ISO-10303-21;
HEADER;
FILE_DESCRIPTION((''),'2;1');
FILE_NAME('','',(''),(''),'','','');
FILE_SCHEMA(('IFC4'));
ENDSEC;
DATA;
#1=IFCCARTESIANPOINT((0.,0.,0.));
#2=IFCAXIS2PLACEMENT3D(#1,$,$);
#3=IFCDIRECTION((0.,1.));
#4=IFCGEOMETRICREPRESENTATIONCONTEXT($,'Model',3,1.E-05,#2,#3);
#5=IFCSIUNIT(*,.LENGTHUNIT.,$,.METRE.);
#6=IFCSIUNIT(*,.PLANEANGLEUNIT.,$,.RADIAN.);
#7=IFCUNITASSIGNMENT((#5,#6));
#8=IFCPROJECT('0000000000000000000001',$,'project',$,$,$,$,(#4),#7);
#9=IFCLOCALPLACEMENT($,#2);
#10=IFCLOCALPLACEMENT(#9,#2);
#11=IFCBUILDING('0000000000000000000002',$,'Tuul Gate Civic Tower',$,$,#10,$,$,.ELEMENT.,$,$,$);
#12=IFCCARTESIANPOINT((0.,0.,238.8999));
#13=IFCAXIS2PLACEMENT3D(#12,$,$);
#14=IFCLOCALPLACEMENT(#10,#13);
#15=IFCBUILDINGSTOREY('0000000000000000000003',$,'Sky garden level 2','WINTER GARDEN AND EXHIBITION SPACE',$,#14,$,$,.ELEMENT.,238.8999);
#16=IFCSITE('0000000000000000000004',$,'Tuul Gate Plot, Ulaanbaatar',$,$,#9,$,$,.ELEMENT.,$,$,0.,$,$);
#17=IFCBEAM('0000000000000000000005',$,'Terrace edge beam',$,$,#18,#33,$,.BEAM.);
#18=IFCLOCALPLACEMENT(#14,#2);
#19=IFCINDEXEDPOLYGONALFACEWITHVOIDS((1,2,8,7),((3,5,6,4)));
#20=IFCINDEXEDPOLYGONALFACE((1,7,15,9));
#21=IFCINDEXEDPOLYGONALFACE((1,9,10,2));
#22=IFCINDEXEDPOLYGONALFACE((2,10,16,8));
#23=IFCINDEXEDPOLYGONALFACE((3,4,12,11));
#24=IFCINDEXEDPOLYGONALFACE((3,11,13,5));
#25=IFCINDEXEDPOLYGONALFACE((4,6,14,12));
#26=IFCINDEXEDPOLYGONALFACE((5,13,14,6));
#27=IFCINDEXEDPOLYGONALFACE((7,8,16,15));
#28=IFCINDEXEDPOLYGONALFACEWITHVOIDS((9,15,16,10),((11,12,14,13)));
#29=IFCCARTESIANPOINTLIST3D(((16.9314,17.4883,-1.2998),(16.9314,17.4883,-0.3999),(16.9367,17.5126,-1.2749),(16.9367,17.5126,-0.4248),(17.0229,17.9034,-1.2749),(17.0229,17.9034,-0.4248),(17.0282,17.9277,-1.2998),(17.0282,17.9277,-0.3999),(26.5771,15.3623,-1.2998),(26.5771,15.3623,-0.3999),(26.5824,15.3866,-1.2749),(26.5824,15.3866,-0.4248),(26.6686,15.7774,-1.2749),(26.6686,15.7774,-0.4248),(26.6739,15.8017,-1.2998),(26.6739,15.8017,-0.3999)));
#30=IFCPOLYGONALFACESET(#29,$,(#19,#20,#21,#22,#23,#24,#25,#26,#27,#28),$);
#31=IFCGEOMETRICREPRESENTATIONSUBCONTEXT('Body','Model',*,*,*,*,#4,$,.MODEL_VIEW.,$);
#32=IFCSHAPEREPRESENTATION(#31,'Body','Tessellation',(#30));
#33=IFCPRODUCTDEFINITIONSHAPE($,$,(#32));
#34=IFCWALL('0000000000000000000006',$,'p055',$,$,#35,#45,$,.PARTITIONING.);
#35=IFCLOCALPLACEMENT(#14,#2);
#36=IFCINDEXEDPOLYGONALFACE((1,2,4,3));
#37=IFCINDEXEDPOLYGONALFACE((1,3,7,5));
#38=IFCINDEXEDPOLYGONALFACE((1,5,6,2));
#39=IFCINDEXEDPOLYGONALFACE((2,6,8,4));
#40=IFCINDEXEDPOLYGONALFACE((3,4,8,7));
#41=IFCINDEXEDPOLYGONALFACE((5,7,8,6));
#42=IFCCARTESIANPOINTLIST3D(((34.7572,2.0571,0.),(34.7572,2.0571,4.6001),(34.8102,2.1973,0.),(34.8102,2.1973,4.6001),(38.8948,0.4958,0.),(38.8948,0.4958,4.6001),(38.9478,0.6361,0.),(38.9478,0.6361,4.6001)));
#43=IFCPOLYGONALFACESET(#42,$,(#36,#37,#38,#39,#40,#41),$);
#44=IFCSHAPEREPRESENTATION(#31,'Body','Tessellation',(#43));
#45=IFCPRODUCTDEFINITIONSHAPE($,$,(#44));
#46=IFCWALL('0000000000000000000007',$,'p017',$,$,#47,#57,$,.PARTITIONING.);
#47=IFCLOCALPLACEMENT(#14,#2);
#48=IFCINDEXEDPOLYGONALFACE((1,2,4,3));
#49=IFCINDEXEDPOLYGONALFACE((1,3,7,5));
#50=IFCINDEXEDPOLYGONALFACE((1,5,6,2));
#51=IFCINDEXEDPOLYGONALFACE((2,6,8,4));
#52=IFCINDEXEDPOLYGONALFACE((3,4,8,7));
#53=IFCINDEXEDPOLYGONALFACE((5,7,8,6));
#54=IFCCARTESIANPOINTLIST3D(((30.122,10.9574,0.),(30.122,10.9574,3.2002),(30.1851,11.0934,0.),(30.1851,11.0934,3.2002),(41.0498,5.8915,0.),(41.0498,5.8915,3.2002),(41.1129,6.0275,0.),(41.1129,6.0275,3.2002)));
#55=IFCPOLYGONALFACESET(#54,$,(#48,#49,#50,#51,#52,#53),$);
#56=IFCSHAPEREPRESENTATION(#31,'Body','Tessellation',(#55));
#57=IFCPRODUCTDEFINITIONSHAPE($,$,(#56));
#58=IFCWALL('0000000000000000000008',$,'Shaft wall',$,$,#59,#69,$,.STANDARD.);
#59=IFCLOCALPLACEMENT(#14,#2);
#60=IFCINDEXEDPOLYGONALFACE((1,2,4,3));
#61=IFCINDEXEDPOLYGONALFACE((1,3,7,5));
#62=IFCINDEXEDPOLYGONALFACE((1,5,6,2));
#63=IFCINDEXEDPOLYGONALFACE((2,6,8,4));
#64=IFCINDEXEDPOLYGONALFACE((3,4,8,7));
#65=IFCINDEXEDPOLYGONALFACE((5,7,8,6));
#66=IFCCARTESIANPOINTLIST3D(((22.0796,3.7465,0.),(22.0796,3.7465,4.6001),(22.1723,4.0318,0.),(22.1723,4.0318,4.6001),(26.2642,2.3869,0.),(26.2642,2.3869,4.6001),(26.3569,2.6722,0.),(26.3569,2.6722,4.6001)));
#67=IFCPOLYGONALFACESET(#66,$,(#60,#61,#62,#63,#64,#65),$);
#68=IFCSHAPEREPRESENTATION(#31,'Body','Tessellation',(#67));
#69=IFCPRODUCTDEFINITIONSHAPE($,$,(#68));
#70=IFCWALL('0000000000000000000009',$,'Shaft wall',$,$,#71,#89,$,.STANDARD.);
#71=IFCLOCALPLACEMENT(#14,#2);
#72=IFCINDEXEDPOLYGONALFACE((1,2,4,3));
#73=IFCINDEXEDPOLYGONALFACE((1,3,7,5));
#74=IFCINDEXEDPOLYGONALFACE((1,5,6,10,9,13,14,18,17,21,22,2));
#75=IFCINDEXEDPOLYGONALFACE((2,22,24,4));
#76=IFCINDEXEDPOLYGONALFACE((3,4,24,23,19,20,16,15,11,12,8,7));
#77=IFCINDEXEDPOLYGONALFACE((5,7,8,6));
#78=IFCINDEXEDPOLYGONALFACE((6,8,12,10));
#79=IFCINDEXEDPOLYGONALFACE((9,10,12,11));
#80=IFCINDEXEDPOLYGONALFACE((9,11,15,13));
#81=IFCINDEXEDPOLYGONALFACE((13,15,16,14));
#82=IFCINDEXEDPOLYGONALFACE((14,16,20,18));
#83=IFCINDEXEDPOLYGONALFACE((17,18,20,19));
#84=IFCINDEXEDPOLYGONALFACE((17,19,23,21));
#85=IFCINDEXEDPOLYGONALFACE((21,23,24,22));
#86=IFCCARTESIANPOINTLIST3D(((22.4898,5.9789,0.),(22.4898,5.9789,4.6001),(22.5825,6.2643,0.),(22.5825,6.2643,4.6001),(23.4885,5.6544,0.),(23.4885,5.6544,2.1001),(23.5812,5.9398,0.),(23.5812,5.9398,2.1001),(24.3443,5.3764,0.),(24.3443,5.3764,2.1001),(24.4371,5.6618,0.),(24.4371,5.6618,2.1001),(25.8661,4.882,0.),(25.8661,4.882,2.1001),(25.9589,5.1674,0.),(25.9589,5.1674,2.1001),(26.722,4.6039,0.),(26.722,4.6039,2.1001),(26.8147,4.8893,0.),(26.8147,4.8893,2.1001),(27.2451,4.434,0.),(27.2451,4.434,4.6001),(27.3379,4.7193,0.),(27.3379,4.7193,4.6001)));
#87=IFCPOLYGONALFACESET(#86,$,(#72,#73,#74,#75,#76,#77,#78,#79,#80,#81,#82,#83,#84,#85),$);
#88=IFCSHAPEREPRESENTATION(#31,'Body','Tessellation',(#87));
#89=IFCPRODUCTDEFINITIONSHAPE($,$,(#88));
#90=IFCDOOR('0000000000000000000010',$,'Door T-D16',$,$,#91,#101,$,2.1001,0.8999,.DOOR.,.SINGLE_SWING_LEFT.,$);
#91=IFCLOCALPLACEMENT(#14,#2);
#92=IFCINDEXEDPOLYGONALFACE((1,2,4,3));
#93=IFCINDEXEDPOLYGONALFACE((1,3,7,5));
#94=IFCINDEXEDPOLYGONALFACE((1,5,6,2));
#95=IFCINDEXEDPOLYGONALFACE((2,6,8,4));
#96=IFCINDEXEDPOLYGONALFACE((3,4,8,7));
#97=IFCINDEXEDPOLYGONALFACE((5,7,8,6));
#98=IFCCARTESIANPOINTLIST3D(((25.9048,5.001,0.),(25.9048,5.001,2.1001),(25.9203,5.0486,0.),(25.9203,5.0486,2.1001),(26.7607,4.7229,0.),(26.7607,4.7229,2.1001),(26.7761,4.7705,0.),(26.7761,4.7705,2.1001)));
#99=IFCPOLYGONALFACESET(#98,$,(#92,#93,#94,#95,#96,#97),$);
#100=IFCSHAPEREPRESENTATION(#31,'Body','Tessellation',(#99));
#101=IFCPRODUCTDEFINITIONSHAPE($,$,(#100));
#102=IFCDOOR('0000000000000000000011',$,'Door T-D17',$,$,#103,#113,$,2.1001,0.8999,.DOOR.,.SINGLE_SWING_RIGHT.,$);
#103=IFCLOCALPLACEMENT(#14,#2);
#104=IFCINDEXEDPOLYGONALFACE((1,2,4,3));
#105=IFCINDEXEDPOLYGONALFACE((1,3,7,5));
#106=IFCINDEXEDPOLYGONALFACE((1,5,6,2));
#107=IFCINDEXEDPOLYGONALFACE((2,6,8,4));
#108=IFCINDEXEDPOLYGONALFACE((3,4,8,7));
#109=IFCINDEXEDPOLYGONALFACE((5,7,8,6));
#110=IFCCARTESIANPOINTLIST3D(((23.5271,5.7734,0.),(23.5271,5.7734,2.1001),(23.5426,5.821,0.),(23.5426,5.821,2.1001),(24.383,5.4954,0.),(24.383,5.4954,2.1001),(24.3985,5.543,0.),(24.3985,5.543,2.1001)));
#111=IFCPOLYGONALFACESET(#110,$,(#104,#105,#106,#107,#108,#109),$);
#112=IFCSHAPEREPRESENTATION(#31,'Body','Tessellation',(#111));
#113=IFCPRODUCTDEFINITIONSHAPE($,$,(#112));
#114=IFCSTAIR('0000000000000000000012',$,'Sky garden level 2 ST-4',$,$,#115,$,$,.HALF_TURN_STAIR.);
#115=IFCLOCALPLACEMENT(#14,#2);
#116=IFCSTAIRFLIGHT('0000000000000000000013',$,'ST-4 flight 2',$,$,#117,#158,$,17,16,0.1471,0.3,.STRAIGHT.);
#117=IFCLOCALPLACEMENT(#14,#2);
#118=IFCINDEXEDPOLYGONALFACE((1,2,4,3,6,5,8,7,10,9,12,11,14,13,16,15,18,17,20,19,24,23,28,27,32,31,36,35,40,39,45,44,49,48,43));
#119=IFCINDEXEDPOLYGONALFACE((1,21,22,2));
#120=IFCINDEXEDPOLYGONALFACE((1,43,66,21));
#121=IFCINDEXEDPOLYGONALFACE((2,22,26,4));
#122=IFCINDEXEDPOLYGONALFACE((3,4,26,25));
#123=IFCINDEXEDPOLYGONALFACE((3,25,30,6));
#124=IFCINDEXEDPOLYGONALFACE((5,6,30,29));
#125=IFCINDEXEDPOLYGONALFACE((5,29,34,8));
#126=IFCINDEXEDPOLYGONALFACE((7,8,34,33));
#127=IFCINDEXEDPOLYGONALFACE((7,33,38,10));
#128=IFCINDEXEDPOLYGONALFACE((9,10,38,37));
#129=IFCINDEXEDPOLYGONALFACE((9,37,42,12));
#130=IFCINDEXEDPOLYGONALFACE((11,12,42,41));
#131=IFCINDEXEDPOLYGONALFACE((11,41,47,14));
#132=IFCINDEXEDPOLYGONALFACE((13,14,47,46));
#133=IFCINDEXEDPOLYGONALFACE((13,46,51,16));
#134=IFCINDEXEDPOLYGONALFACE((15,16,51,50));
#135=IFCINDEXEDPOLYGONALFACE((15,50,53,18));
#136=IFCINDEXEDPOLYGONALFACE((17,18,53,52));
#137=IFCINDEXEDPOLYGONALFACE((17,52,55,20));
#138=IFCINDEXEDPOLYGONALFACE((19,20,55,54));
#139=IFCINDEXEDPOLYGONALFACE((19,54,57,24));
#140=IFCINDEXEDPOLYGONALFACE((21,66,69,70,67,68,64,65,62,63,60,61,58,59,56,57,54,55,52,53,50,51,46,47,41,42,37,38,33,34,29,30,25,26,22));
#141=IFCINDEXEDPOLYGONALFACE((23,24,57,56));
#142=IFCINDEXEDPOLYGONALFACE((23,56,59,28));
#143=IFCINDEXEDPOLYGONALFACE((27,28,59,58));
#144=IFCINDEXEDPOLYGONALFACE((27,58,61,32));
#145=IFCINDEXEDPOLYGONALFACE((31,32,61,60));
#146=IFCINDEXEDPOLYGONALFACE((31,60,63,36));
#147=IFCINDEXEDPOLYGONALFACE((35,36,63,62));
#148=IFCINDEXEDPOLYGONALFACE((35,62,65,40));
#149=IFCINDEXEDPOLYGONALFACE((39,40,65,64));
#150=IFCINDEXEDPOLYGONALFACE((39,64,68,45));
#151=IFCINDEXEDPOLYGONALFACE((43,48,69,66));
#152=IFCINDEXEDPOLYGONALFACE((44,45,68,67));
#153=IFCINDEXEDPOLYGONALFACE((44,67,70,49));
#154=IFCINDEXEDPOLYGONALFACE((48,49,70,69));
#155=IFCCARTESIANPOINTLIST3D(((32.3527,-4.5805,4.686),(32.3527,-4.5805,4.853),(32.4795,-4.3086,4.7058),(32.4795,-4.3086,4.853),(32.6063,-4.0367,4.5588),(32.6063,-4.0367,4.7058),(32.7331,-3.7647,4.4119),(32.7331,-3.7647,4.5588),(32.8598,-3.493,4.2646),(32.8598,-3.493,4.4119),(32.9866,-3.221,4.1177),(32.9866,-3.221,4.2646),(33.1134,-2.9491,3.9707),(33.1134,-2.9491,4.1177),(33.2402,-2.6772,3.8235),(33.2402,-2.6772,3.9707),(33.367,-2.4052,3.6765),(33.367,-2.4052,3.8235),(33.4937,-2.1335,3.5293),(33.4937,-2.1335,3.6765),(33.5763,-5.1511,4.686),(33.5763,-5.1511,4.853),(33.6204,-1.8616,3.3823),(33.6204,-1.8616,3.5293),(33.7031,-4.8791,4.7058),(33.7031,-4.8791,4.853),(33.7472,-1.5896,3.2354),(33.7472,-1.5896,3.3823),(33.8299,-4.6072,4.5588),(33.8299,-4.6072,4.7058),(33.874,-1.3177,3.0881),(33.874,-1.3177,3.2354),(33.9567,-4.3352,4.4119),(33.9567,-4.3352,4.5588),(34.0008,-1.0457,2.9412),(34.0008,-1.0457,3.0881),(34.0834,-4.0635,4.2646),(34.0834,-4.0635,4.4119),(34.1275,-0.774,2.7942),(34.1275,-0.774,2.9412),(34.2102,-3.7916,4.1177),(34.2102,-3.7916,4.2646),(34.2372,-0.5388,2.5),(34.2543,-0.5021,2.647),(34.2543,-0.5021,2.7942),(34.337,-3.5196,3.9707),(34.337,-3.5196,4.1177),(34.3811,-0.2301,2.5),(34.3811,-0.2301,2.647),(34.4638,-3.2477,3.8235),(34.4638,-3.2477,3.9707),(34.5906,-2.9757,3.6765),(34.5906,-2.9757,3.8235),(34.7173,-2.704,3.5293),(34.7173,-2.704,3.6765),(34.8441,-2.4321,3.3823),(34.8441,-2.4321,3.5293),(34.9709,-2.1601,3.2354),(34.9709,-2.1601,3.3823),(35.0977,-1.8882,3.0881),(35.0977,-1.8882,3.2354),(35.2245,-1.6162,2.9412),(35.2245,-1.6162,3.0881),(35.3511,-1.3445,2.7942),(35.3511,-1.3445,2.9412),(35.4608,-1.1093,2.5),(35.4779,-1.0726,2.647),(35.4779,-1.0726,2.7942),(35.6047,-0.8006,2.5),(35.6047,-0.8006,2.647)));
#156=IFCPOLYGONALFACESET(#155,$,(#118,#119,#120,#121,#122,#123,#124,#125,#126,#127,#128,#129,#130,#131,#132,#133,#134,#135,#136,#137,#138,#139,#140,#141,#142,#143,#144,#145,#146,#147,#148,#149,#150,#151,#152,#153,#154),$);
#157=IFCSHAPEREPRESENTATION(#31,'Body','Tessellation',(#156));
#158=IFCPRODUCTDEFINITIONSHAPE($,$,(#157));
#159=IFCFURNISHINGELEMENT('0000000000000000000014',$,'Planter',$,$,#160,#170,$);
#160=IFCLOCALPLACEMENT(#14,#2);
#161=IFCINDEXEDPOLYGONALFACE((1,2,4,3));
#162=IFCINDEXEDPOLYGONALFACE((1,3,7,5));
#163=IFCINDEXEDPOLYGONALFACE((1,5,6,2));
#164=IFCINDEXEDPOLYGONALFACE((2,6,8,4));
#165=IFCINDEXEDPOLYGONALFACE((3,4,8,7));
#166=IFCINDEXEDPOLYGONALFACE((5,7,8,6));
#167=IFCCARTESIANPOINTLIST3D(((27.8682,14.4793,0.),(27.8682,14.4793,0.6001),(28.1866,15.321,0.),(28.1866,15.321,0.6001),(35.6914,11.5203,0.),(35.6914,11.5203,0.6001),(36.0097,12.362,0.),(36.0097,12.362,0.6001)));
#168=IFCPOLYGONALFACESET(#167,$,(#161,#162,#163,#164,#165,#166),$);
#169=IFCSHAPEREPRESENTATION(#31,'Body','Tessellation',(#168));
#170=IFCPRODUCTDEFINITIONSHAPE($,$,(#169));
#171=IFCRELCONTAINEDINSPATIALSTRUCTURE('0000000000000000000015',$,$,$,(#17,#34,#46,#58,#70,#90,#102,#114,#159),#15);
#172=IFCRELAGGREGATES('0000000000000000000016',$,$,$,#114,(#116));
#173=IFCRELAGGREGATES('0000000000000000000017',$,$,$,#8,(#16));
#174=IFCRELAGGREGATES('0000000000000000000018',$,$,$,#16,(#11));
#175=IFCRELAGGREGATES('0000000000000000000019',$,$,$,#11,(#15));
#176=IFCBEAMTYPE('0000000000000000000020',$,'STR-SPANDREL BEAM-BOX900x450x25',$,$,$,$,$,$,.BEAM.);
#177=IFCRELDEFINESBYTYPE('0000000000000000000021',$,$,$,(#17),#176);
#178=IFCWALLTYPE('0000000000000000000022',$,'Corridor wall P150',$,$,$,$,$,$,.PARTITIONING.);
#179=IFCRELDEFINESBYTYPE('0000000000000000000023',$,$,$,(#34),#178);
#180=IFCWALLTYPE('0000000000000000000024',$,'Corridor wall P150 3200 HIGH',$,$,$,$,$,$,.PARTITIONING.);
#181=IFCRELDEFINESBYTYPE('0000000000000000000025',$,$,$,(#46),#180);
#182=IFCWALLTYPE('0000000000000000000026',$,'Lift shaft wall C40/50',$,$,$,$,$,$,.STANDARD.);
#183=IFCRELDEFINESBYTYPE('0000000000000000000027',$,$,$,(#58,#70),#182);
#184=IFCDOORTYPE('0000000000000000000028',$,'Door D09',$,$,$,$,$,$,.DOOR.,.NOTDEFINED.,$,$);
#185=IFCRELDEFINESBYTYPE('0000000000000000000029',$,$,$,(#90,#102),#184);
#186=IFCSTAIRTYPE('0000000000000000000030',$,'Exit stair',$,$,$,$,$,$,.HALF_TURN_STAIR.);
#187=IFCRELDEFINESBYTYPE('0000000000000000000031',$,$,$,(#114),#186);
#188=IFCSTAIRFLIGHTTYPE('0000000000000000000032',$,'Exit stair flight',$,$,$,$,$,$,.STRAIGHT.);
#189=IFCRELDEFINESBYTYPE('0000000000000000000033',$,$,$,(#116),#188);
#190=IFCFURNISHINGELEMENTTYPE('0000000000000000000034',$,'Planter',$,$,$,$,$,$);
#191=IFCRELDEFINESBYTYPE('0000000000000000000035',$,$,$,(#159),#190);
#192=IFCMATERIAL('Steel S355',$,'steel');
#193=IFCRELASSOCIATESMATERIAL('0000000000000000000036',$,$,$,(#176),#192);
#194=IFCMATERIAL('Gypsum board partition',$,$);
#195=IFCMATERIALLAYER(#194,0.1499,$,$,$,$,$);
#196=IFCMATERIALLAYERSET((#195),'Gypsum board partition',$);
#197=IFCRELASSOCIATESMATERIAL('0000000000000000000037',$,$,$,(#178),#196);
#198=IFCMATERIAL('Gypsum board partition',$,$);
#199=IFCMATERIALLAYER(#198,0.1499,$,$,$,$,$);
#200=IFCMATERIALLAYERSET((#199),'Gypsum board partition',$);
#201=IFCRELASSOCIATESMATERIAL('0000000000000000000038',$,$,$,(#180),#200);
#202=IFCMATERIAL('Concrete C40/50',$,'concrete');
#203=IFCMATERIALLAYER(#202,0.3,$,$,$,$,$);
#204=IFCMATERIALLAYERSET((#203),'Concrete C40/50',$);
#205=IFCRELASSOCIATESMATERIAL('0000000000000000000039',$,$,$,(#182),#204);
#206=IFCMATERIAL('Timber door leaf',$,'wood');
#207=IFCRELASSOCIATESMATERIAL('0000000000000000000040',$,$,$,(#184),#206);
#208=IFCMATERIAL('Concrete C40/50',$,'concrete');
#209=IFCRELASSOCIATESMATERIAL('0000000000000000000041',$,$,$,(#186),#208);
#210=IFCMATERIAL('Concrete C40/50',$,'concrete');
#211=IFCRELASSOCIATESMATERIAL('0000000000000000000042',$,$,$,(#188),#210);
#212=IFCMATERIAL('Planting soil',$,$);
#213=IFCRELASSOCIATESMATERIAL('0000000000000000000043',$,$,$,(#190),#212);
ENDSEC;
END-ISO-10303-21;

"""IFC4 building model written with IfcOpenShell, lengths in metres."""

from ifc_helpers import new_model, si_unit, direction, frame, frame_2d, origin, origin_2d, place, context, subcontext, project, spatial, polyline, rectangle, hollow_rectangle, outline, extrude, material, layer, layer_set, material_profile, profile_set, type_object, element, fill, aggregate, save


model = new_model("IFC4")

# Units and contexts
model_context = context("Model", 3, precision=1e-05, world=origin(), true_north=direction((0.0, 1.0)))
body_context = subcontext(model_context, "Body", "Model", "MODEL_VIEW")
ifc_project = project(units=[si_unit("LENGTHUNIT", "METRE"), si_unit("PLANEANGLEUNIT", "RADIAN")], contexts=[model_context])

# Site, building, storey
site_placement = place(None, origin())
site = spatial("IfcSite", under=ifc_project, at=site_placement, Name="Tuul Gate Plot, Ulaanbaatar", CompositionType="ELEMENT", RefElevation=0.0)
building_placement = place(site_placement, origin())
building = spatial("IfcBuilding", under=site, at=building_placement, Name="Tuul Gate Civic Tower", CompositionType="ELEMENT")
storey_placement = place(building_placement, frame((0.0, 0.0, 238.8999)))
storey = spatial("IfcBuildingStorey", under=building, at=storey_placement, Name="Sky garden level 2", Description="WINTER GARDEN AND EXHIBITION SPACE", CompositionType="ELEMENT", Elevation=238.8999)

# Beam
ifc_material_1 = material(Name="Steel S355", Category="steel")
ifc_material_profile_1 = material_profile(ifc_material_1, hollow_rectangle(XDim=0.45, YDim=0.8999, WallThickness=0.0249, at=origin_2d()), Name="BOX900x450x25")
ifc_profile_set_1 = profile_set([ifc_material_profile_1], Name="Steel S355")
beam_type_1 = type_object("IfcBeamType", Name="STR-SPANDREL BEAM-BOX900x450x25", PredefinedType="BEAM", material=ifc_profile_set_1)
beam_1_placement = place(storey_placement, frame((26.6255, 15.582, -0.8499), z_axis=(-0.976561, 0.215239, 0.0), x_axis=(-0.215239, -0.976561, 0.0)))
element("IfcBeam", 1, at=beam_1_placement, inside=storey, type_object=beam_type_1, Name="Terrace edge beam", PredefinedType="BEAM", context=body_context, shape_type="SweptSolid", body=[
    extrude(hollow_rectangle(XDim=0.45, YDim=0.8999, WallThickness=0.0249, at=origin_2d()), origin(), (0.0, 0.0, 1.0), 9.8772),
])

# Walls
ifc_material_2 = material(Name="Gypsum board partition")
ifc_layer_1 = layer(ifc_material_2, 0.1499)
ifc_layer_set_1 = layer_set([ifc_layer_1], Name="Gypsum board partition")
wall_type_1 = type_object("IfcWallType", Name="Corridor wall P150", PredefinedType="PARTITIONING", material=ifc_layer_set_1)
wall_1_placement = place(storey_placement, frame((34.7837, 2.1272, 0.0), z_axis=(0.0, 0.0, 1.0), x_axis=(0.93561, -0.353034, 0.0)))
element("IfcWall", 2, at=wall_1_placement, inside=storey, type_object=wall_type_1, Name="p055", PredefinedType="PARTITIONING", context=body_context, shape_type="SweptSolid", body=[
    extrude(rectangle(XDim=4.4224, YDim=0.1499, at=frame_2d((2.2112, 0.0))), origin(), (0.0, 0.0, 1.0), 4.6001),
])
ifc_material_3 = material(Name="Gypsum board partition")
ifc_layer_2 = layer(ifc_material_3, 0.1499)
ifc_layer_set_2 = layer_set([ifc_layer_2], Name="Gypsum board partition")
wall_type_2 = type_object("IfcWallType", Name="Corridor wall P150 3200 HIGH", PredefinedType="PARTITIONING", material=ifc_layer_set_2)
wall_2_placement = place(storey_placement, frame((30.1536, 11.0254, 0.0), z_axis=(0.0, 0.0, 1.0), x_axis=(0.907252, -0.420587, 0.0)))
element("IfcWall", 3, at=wall_2_placement, inside=storey, type_object=wall_type_2, Name="p017", PredefinedType="PARTITIONING", context=body_context, shape_type="SweptSolid", body=[
    extrude(rectangle(XDim=12.0449, YDim=0.1499, at=frame_2d((6.0225, 0.0))), origin(), (0.0, 0.0, 1.0), 3.2002),
])

# Wall
ifc_material_4 = material(Name="Concrete C40/50", Category="concrete")
ifc_layer_3 = layer(ifc_material_4, 0.3)
ifc_layer_set_3 = layer_set([ifc_layer_3], Name="Concrete C40/50")
wall_type_3 = type_object("IfcWallType", Name="Lift shaft wall C40/50", PredefinedType="STANDARD", material=ifc_layer_set_3)
wall_3_placement = place(storey_placement, frame((26.3105, 2.5295, 0.0), z_axis=(0.0, 0.0, 1.0), x_axis=(-0.951059, 0.309011, 0.0)))
element("IfcWall", 4, at=wall_3_placement, inside=storey, type_object=wall_type_3, Name="Shaft wall", PredefinedType="STANDARD", context=body_context, shape_type="SweptSolid", body=[
    extrude(rectangle(XDim=4.3999, YDim=0.3, at=frame_2d((2.2, 0.0))), origin(), (0.0, 0.0, 1.0), 4.6001),
])

# Wall, openings, doors
wall_4_placement = place(storey_placement, frame((27.2915, 4.5767, 0.0), z_axis=(0.0, 0.0, 1.0), x_axis=(-0.951068, 0.308982, 0.0)))
wall_4 = element("IfcWall", 5, at=wall_4_placement, inside=storey, type_object=wall_type_3, Name="Shaft wall", PredefinedType="STANDARD", context=body_context, shape_type="SweptSolid", body=[
    extrude(rectangle(XDim=5.0, YDim=0.3, at=frame_2d((2.5, 0.0))), origin(), (0.0, 0.0, 1.0), 4.6001),
])
opening_1_placement = place(wall_4_placement, frame((0.55, 0.0, 0.0)))
opening_1 = element("IfcOpeningElement", 6, at=opening_1_placement, cuts=wall_4, PredefinedType="OPENING", context=body_context, shape_type="SweptSolid", body=[
    extrude(rectangle(XDim=0.8999, YDim=2.1001, at=frame_2d((0.45, 1.05))), frame((0.0, 0.1602, 0.0), z_axis=(0.0, -1.0, 0.0), x_axis=(1.0, 0.0, 0.0)), (0.0, 0.0, 1.0), 0.3201),
])
opening_2_placement = place(wall_4_placement, frame((3.05, 0.0, 0.0)))
opening_2 = element("IfcOpeningElement", 7, at=opening_2_placement, cuts=wall_4, PredefinedType="OPENING", context=body_context, shape_type="SweptSolid", body=[
    extrude(rectangle(XDim=0.8999, YDim=2.1001, at=frame_2d((0.45, 1.05))), frame((0.0, 0.1602, 0.0), z_axis=(0.0, -1.0, 0.0), x_axis=(1.0, 0.0, 0.0)), (0.0, 0.0, 1.0), 0.3201),
])
ifc_material_5 = material(Name="Timber door leaf", Category="wood")
door_type_1 = type_object("IfcDoorType", Name="Door D09", OperationType="NOTDEFINED", PredefinedType="DOOR", material=ifc_material_5)
door_1_placement = place(opening_1_placement, origin())
door_1 = element("IfcDoor", 8, at=door_1_placement, inside=storey, type_object=door_type_1, Name="Door T-D16", OperationType="SINGLE_SWING_LEFT", OverallHeight=2.1001, OverallWidth=0.8999, PredefinedType="DOOR", context=body_context, shape_type="SweptSolid", body=[
    extrude(rectangle(XDim=0.8999, YDim=2.1001, at=frame_2d((0.45, 1.05))), frame((0.0, 0.0249, 0.0), z_axis=(0.0, -1.0, 0.0), x_axis=(1.0, 0.0, 0.0)), (0.0, 0.0, 1.0), 0.05),
])
fill(opening_1, door_1)
door_2_placement = place(opening_2_placement, origin())
door_2 = element("IfcDoor", 9, at=door_2_placement, inside=storey, type_object=door_type_1, Name="Door T-D17", OperationType="SINGLE_SWING_RIGHT", OverallHeight=2.1001, OverallWidth=0.8999, PredefinedType="DOOR", context=body_context, shape_type="SweptSolid", body=[
    extrude(rectangle(XDim=0.8999, YDim=2.1001, at=frame_2d((0.45, 1.05))), frame((0.0, 0.0249, 0.0), z_axis=(0.0, -1.0, 0.0), x_axis=(1.0, 0.0, 0.0)), (0.0, 0.0, 1.0), 0.05),
])
fill(opening_2, door_2)

# Stair, stair flight
ifc_material_6 = material(Name="Concrete C40/50", Category="concrete")
stair_type = type_object("IfcStairType", Name="Exit stair", PredefinedType="HALF_TURN_STAIR", material=ifc_material_6)
stair_placement = place(storey_placement, origin())
stair = element("IfcStair", 10, at=stair_placement, inside=storey, type_object=stair_type, Name="Sky garden level 2 ST-4", PredefinedType="HALF_TURN_STAIR")
ifc_material_7 = material(Name="Concrete C40/50", Category="concrete")
stair_flight_type = type_object("IfcStairFlightType", Name="Exit stair flight", PredefinedType="STRAIGHT", material=ifc_material_7)
stair_flight_placement = place(storey_placement, frame((34.9929, -0.5154, 2.5), z_axis=(0.0, 0.0, 1.0), x_axis=(-0.422576, -0.906327, 0.0)))
stair_flight = element("IfcStairFlight", 11, at=stair_flight_placement, type_object=stair_flight_type, Name="ST-4 flight 2", NumberOfRisers=17, NumberOfTreads=16, PredefinedType="STRAIGHT", RiserHeight=0.1471, TreadLength=0.3, context=body_context, shape_type="SweptSolid", body=[
    extrude(outline(polyline([(0.0, 0.0), (0.0, 0.147), (0.3, 0.147), (0.3, 0.2942), (0.6001, 0.2942), (0.6001, 0.4412), (0.8999, 0.4412), (0.8999, 0.5881), (1.2, 0.5881), (1.2, 0.7354), (1.5, 0.7354), (1.5, 0.8823), (1.8, 0.8823), (1.8, 1.0293), (2.1001, 1.0293), (2.1001, 1.1765), (2.3999, 1.1765), (2.3999, 1.3235), (2.7, 1.3235), (2.7, 1.4707), (3.0, 1.4707), (3.0, 1.6177), (3.3, 1.6177), (3.3, 1.7646), (3.6001, 1.7646), (3.6001, 1.9119), (3.8999, 1.9119), (3.8999, 2.0588), (4.2, 2.0588), (4.2, 2.2058), (4.5, 2.2058), (4.5, 2.353), (4.8, 2.353), (4.8, 2.5), (4.8, 2.186), (0.3406, 0.0), (0.0, 0.0)])), frame((0.0, 0.675, 0.0), z_axis=(0.0, -1.0, 0.0), x_axis=(1.0, 0.0, 0.0)), (0.0, 0.0, 1.0), 1.3501),
])
aggregate(stair, [stair_flight])

# Furnishing element
ifc_material_8 = material(Name="Planting soil")
furnishing_element_type = type_object("IfcFurnishingElementType", Name="Planter", material=ifc_material_8)
furnishing_placement = place(storey_placement, frame((31.939, 13.4207, 0.0), z_axis=(0.0, 0.0, 1.0), x_axis=(-0.935333, 0.353769, 0.0)))
element("IfcFurnishingElement", 12, at=furnishing_placement, inside=storey, type_object=furnishing_element_type, Name="Planter", context=body_context, shape_type="SweptSolid", body=[
    extrude(rectangle(XDim=8.364, YDim=0.8999, at=origin_2d()), origin(), (0.0, 0.0, 1.0), 0.6001),
])

save(model, "model.ifc")
